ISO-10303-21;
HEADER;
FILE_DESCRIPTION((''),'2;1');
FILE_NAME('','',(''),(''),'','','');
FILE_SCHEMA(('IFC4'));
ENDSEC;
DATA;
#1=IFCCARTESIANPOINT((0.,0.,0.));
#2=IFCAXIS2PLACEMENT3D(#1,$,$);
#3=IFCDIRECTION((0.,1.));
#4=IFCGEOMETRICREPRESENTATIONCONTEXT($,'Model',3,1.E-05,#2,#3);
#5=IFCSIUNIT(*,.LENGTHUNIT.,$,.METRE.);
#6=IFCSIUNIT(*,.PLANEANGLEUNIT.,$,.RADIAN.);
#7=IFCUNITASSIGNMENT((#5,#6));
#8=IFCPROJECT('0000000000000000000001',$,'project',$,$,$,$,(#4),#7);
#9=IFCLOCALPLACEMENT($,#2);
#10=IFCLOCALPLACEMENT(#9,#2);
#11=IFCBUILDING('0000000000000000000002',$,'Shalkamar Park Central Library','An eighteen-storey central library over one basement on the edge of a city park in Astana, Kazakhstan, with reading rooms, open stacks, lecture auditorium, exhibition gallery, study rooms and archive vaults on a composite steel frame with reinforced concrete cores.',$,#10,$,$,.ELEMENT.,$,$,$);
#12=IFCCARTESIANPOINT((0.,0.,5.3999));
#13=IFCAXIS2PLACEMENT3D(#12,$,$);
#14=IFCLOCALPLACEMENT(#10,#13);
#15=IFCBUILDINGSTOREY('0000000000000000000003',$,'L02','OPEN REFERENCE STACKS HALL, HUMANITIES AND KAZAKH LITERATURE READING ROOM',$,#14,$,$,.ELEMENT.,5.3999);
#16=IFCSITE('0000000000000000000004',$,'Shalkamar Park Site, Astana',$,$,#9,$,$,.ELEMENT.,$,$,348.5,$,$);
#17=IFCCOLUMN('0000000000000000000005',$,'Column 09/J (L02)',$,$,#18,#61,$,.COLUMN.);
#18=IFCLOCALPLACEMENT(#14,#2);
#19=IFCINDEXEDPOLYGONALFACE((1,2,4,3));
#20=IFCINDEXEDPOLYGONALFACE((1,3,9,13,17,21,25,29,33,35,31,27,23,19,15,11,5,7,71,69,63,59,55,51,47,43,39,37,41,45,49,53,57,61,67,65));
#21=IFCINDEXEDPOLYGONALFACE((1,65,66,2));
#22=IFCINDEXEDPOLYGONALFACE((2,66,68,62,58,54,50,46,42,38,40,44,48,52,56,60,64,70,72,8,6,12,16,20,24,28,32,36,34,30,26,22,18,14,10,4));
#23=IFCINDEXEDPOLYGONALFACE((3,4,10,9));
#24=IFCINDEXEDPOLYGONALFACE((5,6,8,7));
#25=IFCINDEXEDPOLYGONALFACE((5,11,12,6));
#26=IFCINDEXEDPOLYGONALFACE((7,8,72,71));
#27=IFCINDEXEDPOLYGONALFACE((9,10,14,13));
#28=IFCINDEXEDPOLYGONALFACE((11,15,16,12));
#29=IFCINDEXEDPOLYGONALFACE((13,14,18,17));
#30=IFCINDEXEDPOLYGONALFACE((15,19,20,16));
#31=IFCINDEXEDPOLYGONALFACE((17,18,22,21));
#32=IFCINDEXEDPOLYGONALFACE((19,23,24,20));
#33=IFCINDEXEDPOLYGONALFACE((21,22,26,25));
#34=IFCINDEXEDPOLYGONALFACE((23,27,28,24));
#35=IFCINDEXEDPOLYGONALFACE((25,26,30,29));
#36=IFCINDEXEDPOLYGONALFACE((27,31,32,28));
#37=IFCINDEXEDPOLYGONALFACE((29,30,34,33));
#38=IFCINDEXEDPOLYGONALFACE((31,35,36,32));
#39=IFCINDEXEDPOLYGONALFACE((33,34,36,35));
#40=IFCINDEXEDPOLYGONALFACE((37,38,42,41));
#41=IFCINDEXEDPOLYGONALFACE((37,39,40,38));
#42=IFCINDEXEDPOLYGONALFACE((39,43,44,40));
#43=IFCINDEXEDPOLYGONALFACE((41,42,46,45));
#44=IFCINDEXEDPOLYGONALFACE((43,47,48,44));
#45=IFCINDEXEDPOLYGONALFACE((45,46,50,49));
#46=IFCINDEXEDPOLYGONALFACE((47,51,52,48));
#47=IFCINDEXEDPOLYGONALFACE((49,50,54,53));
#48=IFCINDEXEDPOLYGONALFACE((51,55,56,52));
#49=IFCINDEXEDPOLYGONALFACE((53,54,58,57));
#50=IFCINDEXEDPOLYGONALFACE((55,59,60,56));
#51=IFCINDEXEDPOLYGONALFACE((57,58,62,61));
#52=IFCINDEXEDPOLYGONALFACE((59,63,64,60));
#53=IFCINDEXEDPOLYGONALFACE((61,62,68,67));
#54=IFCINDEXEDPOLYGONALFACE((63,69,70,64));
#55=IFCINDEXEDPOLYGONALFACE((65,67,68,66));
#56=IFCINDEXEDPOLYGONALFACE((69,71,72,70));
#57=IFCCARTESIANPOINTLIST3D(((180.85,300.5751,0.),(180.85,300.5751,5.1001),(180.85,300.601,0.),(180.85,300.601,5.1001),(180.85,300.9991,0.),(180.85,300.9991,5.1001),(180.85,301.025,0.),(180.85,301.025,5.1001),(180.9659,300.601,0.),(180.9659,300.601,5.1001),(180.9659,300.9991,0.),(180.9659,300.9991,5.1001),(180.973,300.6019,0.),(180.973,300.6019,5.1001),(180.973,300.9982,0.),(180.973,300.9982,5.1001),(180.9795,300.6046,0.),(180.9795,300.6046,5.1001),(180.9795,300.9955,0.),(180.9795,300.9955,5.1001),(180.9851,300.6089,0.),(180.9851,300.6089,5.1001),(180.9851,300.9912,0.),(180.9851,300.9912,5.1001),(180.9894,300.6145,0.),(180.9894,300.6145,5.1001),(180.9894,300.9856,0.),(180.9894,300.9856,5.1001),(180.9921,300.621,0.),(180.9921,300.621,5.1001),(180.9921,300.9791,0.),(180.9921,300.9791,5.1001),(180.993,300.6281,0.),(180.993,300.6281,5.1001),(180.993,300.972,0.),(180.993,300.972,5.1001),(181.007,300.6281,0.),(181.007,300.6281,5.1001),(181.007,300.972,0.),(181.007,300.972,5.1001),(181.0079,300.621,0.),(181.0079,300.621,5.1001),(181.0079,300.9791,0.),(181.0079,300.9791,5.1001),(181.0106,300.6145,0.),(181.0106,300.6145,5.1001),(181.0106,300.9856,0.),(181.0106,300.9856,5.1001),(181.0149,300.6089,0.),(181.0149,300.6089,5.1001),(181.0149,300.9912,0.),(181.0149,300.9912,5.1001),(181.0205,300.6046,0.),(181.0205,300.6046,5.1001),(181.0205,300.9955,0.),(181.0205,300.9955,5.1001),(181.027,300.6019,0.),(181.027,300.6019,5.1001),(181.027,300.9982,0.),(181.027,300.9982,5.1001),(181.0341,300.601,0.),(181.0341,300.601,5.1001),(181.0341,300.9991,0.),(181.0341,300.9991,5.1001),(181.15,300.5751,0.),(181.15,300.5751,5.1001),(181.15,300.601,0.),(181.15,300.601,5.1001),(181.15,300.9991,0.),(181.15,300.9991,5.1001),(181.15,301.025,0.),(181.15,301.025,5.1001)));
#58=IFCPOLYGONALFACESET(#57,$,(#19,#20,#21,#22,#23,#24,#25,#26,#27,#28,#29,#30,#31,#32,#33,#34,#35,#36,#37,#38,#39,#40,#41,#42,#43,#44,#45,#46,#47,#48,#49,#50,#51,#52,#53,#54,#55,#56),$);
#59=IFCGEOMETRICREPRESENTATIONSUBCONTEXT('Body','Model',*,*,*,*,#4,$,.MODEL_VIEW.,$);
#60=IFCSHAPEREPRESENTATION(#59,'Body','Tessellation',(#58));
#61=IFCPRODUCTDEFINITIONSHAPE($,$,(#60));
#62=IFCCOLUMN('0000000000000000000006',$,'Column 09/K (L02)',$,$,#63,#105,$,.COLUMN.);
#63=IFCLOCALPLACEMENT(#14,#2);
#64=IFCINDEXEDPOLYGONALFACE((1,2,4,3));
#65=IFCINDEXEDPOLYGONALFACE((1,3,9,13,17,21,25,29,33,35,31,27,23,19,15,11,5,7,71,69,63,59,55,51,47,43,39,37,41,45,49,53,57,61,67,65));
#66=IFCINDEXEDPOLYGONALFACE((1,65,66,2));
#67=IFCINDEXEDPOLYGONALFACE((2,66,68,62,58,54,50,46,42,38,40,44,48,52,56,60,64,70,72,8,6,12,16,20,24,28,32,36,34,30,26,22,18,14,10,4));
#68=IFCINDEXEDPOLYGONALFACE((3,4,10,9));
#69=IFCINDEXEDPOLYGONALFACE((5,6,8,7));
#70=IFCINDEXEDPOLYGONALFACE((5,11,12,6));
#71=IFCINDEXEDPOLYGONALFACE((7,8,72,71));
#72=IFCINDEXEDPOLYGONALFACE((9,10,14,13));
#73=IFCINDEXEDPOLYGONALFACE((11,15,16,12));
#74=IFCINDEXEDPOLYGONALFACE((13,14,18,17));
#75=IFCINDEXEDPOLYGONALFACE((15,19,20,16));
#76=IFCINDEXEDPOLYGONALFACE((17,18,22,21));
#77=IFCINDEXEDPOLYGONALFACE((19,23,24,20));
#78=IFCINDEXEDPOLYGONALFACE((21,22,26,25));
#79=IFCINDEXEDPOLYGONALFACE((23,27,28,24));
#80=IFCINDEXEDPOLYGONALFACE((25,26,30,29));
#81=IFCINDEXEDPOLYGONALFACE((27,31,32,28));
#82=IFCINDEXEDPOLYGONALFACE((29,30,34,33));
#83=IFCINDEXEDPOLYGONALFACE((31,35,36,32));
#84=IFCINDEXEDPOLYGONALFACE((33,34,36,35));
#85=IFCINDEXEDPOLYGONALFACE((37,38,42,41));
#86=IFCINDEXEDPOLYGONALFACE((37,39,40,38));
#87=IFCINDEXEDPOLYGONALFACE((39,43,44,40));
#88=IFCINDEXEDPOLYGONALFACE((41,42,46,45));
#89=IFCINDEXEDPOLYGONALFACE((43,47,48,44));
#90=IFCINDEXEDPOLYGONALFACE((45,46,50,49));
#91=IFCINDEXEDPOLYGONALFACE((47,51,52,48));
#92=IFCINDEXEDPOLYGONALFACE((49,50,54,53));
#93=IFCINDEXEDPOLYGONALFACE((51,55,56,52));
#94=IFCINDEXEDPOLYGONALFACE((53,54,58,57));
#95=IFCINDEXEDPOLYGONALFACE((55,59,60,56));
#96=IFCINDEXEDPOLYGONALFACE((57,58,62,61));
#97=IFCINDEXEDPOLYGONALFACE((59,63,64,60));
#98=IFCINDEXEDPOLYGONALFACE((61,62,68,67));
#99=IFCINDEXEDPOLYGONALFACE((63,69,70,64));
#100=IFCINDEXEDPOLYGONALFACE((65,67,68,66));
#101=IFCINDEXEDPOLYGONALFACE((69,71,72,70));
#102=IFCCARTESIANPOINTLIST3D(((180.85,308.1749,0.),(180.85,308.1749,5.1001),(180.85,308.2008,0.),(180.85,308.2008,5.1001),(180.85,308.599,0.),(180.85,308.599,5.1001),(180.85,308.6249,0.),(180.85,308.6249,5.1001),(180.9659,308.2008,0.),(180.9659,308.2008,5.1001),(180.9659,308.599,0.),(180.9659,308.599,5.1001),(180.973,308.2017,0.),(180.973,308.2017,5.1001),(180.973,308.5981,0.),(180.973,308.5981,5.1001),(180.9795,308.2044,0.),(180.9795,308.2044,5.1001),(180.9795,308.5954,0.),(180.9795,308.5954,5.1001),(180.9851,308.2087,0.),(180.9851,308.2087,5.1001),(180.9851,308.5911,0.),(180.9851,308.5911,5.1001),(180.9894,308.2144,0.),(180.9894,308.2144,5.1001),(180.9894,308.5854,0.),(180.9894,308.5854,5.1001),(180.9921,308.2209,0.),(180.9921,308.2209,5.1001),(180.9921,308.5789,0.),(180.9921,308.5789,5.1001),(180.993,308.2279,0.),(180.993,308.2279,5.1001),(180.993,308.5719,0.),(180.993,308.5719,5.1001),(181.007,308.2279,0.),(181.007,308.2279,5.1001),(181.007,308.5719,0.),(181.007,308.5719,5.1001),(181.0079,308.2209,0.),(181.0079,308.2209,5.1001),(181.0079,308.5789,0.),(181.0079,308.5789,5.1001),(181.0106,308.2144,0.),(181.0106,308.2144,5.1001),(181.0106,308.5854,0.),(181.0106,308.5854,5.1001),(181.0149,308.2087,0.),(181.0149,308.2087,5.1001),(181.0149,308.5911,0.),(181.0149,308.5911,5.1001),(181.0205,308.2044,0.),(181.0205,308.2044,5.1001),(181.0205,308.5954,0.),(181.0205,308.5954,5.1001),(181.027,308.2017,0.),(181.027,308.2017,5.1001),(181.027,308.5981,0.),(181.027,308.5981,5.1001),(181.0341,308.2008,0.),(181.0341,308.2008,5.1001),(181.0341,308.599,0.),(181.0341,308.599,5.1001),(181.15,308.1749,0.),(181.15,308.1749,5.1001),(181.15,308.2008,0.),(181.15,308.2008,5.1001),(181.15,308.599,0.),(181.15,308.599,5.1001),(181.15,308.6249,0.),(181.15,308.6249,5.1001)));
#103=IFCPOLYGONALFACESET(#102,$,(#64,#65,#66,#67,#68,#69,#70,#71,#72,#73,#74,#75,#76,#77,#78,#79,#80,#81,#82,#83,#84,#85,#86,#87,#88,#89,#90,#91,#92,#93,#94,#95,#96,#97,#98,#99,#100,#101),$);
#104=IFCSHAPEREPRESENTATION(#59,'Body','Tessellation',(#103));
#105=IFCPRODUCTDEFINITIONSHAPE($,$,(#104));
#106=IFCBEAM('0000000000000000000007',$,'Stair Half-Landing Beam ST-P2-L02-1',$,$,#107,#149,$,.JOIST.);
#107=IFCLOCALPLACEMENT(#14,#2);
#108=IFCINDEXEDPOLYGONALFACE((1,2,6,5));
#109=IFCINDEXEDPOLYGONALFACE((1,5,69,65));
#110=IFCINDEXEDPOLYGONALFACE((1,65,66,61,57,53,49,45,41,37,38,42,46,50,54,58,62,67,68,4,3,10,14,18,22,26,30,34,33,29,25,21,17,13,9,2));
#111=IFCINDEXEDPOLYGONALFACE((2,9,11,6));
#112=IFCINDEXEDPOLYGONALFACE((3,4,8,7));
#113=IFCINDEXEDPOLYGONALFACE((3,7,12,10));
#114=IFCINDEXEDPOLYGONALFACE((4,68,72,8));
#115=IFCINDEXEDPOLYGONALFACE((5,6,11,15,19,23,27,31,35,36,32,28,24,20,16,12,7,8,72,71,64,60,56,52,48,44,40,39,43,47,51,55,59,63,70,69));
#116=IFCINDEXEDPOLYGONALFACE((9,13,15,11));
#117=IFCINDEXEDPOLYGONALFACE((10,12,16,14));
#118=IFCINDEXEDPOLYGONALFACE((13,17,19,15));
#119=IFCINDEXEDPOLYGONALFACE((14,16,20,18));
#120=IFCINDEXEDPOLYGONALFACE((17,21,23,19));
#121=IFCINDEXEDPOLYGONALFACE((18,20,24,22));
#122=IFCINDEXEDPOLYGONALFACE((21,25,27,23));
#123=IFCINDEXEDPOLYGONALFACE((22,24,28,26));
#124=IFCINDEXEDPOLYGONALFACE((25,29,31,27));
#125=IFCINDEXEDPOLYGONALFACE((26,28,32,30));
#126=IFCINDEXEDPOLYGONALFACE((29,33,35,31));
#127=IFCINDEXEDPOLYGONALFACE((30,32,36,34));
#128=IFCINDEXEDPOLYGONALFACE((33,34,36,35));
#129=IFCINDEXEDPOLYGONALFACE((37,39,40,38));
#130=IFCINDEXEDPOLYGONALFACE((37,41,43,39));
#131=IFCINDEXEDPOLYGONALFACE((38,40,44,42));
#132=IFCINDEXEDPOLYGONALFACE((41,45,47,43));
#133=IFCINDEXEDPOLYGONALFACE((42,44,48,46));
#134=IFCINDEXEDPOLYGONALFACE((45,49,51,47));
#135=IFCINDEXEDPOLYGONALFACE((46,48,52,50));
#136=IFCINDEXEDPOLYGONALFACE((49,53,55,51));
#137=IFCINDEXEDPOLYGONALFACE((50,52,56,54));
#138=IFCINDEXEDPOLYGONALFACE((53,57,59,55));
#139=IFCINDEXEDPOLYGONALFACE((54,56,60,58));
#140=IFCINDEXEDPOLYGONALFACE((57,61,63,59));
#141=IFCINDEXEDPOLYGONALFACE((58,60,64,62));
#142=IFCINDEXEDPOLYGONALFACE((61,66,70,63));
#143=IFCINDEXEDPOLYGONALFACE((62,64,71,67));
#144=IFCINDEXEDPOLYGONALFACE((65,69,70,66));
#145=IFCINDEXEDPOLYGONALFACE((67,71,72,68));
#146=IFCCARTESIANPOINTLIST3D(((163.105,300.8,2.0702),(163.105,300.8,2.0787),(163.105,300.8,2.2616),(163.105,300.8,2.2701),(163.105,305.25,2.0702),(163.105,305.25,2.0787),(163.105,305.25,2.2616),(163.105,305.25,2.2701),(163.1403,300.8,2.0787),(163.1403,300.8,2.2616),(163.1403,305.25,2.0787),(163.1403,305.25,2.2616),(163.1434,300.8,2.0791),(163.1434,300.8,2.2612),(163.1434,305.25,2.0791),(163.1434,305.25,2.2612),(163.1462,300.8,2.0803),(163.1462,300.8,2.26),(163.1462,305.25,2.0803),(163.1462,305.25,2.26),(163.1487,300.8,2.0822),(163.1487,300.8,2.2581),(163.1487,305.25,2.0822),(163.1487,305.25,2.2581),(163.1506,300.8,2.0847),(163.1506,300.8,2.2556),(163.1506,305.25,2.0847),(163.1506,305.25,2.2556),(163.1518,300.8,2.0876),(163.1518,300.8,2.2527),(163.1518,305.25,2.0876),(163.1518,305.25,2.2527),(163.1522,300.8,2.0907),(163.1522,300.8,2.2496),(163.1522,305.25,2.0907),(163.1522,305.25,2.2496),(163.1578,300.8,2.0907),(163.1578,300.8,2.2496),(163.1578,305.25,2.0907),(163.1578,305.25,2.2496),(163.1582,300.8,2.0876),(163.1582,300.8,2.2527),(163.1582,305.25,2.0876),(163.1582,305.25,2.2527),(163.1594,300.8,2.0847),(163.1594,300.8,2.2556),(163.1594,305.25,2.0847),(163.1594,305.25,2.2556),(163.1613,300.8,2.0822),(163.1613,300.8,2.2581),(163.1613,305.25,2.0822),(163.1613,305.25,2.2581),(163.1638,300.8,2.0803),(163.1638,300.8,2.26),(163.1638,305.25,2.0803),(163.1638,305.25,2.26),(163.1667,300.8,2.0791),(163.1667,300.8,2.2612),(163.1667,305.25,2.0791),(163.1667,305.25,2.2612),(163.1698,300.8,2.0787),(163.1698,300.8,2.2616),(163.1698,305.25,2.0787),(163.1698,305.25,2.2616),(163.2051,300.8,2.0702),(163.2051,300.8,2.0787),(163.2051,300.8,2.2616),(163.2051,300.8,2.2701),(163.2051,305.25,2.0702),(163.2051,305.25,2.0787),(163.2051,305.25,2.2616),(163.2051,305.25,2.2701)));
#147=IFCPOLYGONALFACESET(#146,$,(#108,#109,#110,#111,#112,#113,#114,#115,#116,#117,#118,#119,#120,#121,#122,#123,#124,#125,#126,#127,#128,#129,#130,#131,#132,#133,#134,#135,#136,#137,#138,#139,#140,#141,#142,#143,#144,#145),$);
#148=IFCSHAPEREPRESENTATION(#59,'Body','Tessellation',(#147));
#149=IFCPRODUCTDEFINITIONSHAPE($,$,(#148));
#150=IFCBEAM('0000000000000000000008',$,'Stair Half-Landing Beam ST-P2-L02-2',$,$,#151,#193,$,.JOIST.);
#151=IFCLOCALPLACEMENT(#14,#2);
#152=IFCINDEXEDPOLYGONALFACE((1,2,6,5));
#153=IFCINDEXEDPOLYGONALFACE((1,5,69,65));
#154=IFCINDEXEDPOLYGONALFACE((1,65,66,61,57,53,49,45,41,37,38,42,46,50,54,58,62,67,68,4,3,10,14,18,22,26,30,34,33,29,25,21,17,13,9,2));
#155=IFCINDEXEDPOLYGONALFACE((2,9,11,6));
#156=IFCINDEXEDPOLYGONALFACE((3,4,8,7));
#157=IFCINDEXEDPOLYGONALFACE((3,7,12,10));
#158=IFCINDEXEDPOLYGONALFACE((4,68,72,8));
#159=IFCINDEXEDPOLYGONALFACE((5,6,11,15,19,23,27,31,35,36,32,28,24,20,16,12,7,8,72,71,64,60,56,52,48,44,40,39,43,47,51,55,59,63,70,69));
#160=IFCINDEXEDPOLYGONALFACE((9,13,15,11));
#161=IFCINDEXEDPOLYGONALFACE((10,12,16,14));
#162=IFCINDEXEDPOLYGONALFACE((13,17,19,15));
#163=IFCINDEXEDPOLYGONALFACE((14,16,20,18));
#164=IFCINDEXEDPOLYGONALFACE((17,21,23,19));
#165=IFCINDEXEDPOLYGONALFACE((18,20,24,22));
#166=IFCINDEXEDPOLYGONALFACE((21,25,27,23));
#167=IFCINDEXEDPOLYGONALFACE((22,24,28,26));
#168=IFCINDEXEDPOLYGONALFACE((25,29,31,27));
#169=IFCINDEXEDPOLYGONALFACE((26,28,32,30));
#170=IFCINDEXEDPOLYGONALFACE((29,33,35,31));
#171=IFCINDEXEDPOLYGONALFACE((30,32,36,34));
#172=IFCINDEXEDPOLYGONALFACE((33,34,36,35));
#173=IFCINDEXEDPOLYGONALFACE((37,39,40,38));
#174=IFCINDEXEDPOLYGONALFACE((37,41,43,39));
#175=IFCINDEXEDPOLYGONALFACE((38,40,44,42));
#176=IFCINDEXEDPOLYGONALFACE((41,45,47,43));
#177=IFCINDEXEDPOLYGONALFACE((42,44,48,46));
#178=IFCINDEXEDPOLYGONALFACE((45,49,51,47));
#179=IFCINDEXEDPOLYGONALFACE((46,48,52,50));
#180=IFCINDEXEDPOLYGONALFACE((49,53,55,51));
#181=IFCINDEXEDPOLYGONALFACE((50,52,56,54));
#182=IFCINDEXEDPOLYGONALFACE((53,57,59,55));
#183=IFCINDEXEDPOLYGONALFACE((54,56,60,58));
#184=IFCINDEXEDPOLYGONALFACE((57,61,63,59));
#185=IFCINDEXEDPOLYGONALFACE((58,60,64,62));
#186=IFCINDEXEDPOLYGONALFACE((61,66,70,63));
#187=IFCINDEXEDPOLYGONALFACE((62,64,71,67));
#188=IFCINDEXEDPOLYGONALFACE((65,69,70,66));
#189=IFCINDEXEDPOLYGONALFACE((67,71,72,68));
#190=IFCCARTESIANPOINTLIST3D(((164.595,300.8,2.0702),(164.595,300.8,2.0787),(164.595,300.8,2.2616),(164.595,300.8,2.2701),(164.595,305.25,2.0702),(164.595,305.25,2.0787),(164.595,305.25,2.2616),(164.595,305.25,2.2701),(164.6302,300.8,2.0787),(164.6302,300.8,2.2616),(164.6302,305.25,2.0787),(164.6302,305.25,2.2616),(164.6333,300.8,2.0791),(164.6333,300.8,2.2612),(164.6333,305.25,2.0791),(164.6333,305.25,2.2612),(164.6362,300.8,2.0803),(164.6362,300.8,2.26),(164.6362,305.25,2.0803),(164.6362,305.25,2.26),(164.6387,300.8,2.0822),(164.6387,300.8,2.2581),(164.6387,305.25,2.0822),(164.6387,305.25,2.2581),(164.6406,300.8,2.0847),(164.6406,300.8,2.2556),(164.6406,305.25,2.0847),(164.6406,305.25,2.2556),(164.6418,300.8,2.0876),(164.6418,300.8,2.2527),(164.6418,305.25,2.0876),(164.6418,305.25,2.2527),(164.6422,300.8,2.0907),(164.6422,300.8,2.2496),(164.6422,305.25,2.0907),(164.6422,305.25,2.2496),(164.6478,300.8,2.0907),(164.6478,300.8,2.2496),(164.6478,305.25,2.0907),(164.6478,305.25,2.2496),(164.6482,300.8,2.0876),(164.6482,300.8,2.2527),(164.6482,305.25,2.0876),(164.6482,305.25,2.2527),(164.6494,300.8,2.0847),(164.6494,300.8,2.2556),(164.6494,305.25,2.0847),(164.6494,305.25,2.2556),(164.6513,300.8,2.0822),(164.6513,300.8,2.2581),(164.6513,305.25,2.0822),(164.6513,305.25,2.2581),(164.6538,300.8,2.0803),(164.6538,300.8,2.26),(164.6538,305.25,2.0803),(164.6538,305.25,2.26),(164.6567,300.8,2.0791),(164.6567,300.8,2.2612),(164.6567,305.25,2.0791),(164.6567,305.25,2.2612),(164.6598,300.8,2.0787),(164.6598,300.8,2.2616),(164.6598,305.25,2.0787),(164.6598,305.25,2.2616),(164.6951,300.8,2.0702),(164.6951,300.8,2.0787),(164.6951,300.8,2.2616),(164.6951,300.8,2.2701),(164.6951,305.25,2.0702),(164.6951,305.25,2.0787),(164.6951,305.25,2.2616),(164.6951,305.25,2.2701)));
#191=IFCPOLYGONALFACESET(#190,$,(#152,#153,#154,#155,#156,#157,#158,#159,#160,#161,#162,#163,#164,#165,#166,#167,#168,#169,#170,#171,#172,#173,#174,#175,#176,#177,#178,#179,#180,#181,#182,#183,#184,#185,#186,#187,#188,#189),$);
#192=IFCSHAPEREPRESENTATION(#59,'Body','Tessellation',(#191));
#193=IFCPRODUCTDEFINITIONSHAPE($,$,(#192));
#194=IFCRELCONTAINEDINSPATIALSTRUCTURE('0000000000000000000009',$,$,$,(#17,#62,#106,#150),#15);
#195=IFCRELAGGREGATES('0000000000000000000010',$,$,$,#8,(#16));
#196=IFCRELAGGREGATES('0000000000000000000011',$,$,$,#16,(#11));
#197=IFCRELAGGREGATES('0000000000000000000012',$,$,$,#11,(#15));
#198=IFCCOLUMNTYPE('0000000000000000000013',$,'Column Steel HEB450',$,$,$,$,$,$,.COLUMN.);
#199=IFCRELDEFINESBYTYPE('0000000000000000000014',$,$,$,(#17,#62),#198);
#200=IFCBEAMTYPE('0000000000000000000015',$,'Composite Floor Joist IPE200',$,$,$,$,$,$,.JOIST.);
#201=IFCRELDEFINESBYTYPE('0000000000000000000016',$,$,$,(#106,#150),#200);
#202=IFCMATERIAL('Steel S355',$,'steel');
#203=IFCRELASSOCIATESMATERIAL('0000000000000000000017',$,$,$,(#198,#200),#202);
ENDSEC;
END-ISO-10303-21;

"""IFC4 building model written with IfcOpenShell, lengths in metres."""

from ifc_helpers import new_model, si_unit, direction, frame, origin, origin_2d, place, context, subcontext, project, spatial, i_section, extrude, material, material_profile, profile_set, type_object, element, save


model = new_model("IFC4")

# Units and contexts
model_context = context("Model", 3, precision=1e-05, world=origin(), true_north=direction((0.0, 1.0)))
body_context = subcontext(model_context, "Body", "Model", "MODEL_VIEW")
ifc_project = project(units=[si_unit("LENGTHUNIT", "METRE"), si_unit("PLANEANGLEUNIT", "RADIAN")], contexts=[model_context])

# Site, building, storey
site_placement = place(None, origin())
site = spatial("IfcSite", under=ifc_project, at=site_placement, Name="Shalkamar Park Site, Astana", CompositionType="ELEMENT", RefElevation=348.5)
building_placement = place(site_placement, origin())
building = spatial("IfcBuilding", under=site, at=building_placement, Name="Shalkamar Park Central Library", Description="An eighteen-storey central library over one basement on the edge of a city park in Astana, Kazakhstan, with reading rooms, open stacks, lecture auditorium, exhibition gallery, study rooms and archive vaults on a composite steel frame with reinforced concrete cores.", CompositionType="ELEMENT")
storey_placement = place(building_placement, frame((0.0, 0.0, 5.3999)))
storey = spatial("IfcBuildingStorey", under=building, at=storey_placement, Name="L02", Description="OPEN REFERENCE STACKS HALL, HUMANITIES AND KAZAKH LITERATURE READING ROOM", CompositionType="ELEMENT", Elevation=5.3999)

# Columns
ifc_material_1 = material(Name="Steel S355", Category="steel")
ifc_material_profile_1 = material_profile(ifc_material_1, i_section(OverallWidth=0.3, OverallDepth=0.45, WebThickness=0.0139, FlangeThickness=0.0259, FilletRadius=0.0271, at=origin_2d()), Name="HEB 450")
ifc_profile_set_1 = profile_set([ifc_material_profile_1], Name="Steel S355")
column_type_1 = type_object("IfcColumnType", Name="Column Steel HEB450", PredefinedType="COLUMN", material=ifc_profile_set_1)
for number, where, z_axis, x_axis, name in (
    (1, (181.0, 300.8, 0.0), (0.0, 0.0, 1.0), (1.0, 0.0, 0.0), "Column 09/J (L02)"),
    (2, (181.0, 308.3999, 0.0), (0.0, 0.0, 1.0), (1.0, 0.0, 0.0), "Column 09/K (L02)"),
):
    element("IfcColumn", number, at=place(storey_placement, frame(where, z_axis=z_axis, x_axis=x_axis)), inside=storey, type_object=column_type_1, Name=name, PredefinedType="COLUMN", context=body_context, shape_type="SweptSolid", body=[
        extrude(i_section(OverallWidth=0.3, OverallDepth=0.45, WebThickness=0.0139, FlangeThickness=0.0259, FilletRadius=0.0271, at=origin_2d()), origin(), (0.0, 0.0, 1.0), 5.1001),
    ])

# Beams
ifc_material_profile_2 = material_profile(ifc_material_1, i_section(OverallWidth=0.1001, OverallDepth=0.2, WebThickness=0.0056, FlangeThickness=0.0085, FilletRadius=0.012, at=origin_2d()), Name="IPE 200")
ifc_profile_set_2 = profile_set([ifc_material_profile_2], Name="Steel S355")
beam_type_1 = type_object("IfcBeamType", Name="Composite Floor Joist IPE200", PredefinedType="JOIST", material=ifc_profile_set_2)
for number, where, z_axis, x_axis, name in (
    (3, (163.155, 300.8, 2.1702), (0.0, 1.0, 0.0), (-1.0, 0.0, 0.0), "Stair Half-Landing Beam ST-P2-L02-1"),
    (4, (164.645, 300.8, 2.1702), (0.0, 1.0, 0.0), (-1.0, 0.0, 0.0), "Stair Half-Landing Beam ST-P2-L02-2"),
):
    element("IfcBeam", number, at=place(storey_placement, frame(where, z_axis=z_axis, x_axis=x_axis)), inside=storey, type_object=beam_type_1, Name=name, PredefinedType="JOIST", context=body_context, shape_type="SweptSolid", body=[
        extrude(i_section(OverallWidth=0.1001, OverallDepth=0.2, WebThickness=0.0056, FlangeThickness=0.0085, FilletRadius=0.012, at=origin_2d()), origin(), (0.0, 0.0, 1.0), 4.45),
    ])

save(model, "model.ifc")
